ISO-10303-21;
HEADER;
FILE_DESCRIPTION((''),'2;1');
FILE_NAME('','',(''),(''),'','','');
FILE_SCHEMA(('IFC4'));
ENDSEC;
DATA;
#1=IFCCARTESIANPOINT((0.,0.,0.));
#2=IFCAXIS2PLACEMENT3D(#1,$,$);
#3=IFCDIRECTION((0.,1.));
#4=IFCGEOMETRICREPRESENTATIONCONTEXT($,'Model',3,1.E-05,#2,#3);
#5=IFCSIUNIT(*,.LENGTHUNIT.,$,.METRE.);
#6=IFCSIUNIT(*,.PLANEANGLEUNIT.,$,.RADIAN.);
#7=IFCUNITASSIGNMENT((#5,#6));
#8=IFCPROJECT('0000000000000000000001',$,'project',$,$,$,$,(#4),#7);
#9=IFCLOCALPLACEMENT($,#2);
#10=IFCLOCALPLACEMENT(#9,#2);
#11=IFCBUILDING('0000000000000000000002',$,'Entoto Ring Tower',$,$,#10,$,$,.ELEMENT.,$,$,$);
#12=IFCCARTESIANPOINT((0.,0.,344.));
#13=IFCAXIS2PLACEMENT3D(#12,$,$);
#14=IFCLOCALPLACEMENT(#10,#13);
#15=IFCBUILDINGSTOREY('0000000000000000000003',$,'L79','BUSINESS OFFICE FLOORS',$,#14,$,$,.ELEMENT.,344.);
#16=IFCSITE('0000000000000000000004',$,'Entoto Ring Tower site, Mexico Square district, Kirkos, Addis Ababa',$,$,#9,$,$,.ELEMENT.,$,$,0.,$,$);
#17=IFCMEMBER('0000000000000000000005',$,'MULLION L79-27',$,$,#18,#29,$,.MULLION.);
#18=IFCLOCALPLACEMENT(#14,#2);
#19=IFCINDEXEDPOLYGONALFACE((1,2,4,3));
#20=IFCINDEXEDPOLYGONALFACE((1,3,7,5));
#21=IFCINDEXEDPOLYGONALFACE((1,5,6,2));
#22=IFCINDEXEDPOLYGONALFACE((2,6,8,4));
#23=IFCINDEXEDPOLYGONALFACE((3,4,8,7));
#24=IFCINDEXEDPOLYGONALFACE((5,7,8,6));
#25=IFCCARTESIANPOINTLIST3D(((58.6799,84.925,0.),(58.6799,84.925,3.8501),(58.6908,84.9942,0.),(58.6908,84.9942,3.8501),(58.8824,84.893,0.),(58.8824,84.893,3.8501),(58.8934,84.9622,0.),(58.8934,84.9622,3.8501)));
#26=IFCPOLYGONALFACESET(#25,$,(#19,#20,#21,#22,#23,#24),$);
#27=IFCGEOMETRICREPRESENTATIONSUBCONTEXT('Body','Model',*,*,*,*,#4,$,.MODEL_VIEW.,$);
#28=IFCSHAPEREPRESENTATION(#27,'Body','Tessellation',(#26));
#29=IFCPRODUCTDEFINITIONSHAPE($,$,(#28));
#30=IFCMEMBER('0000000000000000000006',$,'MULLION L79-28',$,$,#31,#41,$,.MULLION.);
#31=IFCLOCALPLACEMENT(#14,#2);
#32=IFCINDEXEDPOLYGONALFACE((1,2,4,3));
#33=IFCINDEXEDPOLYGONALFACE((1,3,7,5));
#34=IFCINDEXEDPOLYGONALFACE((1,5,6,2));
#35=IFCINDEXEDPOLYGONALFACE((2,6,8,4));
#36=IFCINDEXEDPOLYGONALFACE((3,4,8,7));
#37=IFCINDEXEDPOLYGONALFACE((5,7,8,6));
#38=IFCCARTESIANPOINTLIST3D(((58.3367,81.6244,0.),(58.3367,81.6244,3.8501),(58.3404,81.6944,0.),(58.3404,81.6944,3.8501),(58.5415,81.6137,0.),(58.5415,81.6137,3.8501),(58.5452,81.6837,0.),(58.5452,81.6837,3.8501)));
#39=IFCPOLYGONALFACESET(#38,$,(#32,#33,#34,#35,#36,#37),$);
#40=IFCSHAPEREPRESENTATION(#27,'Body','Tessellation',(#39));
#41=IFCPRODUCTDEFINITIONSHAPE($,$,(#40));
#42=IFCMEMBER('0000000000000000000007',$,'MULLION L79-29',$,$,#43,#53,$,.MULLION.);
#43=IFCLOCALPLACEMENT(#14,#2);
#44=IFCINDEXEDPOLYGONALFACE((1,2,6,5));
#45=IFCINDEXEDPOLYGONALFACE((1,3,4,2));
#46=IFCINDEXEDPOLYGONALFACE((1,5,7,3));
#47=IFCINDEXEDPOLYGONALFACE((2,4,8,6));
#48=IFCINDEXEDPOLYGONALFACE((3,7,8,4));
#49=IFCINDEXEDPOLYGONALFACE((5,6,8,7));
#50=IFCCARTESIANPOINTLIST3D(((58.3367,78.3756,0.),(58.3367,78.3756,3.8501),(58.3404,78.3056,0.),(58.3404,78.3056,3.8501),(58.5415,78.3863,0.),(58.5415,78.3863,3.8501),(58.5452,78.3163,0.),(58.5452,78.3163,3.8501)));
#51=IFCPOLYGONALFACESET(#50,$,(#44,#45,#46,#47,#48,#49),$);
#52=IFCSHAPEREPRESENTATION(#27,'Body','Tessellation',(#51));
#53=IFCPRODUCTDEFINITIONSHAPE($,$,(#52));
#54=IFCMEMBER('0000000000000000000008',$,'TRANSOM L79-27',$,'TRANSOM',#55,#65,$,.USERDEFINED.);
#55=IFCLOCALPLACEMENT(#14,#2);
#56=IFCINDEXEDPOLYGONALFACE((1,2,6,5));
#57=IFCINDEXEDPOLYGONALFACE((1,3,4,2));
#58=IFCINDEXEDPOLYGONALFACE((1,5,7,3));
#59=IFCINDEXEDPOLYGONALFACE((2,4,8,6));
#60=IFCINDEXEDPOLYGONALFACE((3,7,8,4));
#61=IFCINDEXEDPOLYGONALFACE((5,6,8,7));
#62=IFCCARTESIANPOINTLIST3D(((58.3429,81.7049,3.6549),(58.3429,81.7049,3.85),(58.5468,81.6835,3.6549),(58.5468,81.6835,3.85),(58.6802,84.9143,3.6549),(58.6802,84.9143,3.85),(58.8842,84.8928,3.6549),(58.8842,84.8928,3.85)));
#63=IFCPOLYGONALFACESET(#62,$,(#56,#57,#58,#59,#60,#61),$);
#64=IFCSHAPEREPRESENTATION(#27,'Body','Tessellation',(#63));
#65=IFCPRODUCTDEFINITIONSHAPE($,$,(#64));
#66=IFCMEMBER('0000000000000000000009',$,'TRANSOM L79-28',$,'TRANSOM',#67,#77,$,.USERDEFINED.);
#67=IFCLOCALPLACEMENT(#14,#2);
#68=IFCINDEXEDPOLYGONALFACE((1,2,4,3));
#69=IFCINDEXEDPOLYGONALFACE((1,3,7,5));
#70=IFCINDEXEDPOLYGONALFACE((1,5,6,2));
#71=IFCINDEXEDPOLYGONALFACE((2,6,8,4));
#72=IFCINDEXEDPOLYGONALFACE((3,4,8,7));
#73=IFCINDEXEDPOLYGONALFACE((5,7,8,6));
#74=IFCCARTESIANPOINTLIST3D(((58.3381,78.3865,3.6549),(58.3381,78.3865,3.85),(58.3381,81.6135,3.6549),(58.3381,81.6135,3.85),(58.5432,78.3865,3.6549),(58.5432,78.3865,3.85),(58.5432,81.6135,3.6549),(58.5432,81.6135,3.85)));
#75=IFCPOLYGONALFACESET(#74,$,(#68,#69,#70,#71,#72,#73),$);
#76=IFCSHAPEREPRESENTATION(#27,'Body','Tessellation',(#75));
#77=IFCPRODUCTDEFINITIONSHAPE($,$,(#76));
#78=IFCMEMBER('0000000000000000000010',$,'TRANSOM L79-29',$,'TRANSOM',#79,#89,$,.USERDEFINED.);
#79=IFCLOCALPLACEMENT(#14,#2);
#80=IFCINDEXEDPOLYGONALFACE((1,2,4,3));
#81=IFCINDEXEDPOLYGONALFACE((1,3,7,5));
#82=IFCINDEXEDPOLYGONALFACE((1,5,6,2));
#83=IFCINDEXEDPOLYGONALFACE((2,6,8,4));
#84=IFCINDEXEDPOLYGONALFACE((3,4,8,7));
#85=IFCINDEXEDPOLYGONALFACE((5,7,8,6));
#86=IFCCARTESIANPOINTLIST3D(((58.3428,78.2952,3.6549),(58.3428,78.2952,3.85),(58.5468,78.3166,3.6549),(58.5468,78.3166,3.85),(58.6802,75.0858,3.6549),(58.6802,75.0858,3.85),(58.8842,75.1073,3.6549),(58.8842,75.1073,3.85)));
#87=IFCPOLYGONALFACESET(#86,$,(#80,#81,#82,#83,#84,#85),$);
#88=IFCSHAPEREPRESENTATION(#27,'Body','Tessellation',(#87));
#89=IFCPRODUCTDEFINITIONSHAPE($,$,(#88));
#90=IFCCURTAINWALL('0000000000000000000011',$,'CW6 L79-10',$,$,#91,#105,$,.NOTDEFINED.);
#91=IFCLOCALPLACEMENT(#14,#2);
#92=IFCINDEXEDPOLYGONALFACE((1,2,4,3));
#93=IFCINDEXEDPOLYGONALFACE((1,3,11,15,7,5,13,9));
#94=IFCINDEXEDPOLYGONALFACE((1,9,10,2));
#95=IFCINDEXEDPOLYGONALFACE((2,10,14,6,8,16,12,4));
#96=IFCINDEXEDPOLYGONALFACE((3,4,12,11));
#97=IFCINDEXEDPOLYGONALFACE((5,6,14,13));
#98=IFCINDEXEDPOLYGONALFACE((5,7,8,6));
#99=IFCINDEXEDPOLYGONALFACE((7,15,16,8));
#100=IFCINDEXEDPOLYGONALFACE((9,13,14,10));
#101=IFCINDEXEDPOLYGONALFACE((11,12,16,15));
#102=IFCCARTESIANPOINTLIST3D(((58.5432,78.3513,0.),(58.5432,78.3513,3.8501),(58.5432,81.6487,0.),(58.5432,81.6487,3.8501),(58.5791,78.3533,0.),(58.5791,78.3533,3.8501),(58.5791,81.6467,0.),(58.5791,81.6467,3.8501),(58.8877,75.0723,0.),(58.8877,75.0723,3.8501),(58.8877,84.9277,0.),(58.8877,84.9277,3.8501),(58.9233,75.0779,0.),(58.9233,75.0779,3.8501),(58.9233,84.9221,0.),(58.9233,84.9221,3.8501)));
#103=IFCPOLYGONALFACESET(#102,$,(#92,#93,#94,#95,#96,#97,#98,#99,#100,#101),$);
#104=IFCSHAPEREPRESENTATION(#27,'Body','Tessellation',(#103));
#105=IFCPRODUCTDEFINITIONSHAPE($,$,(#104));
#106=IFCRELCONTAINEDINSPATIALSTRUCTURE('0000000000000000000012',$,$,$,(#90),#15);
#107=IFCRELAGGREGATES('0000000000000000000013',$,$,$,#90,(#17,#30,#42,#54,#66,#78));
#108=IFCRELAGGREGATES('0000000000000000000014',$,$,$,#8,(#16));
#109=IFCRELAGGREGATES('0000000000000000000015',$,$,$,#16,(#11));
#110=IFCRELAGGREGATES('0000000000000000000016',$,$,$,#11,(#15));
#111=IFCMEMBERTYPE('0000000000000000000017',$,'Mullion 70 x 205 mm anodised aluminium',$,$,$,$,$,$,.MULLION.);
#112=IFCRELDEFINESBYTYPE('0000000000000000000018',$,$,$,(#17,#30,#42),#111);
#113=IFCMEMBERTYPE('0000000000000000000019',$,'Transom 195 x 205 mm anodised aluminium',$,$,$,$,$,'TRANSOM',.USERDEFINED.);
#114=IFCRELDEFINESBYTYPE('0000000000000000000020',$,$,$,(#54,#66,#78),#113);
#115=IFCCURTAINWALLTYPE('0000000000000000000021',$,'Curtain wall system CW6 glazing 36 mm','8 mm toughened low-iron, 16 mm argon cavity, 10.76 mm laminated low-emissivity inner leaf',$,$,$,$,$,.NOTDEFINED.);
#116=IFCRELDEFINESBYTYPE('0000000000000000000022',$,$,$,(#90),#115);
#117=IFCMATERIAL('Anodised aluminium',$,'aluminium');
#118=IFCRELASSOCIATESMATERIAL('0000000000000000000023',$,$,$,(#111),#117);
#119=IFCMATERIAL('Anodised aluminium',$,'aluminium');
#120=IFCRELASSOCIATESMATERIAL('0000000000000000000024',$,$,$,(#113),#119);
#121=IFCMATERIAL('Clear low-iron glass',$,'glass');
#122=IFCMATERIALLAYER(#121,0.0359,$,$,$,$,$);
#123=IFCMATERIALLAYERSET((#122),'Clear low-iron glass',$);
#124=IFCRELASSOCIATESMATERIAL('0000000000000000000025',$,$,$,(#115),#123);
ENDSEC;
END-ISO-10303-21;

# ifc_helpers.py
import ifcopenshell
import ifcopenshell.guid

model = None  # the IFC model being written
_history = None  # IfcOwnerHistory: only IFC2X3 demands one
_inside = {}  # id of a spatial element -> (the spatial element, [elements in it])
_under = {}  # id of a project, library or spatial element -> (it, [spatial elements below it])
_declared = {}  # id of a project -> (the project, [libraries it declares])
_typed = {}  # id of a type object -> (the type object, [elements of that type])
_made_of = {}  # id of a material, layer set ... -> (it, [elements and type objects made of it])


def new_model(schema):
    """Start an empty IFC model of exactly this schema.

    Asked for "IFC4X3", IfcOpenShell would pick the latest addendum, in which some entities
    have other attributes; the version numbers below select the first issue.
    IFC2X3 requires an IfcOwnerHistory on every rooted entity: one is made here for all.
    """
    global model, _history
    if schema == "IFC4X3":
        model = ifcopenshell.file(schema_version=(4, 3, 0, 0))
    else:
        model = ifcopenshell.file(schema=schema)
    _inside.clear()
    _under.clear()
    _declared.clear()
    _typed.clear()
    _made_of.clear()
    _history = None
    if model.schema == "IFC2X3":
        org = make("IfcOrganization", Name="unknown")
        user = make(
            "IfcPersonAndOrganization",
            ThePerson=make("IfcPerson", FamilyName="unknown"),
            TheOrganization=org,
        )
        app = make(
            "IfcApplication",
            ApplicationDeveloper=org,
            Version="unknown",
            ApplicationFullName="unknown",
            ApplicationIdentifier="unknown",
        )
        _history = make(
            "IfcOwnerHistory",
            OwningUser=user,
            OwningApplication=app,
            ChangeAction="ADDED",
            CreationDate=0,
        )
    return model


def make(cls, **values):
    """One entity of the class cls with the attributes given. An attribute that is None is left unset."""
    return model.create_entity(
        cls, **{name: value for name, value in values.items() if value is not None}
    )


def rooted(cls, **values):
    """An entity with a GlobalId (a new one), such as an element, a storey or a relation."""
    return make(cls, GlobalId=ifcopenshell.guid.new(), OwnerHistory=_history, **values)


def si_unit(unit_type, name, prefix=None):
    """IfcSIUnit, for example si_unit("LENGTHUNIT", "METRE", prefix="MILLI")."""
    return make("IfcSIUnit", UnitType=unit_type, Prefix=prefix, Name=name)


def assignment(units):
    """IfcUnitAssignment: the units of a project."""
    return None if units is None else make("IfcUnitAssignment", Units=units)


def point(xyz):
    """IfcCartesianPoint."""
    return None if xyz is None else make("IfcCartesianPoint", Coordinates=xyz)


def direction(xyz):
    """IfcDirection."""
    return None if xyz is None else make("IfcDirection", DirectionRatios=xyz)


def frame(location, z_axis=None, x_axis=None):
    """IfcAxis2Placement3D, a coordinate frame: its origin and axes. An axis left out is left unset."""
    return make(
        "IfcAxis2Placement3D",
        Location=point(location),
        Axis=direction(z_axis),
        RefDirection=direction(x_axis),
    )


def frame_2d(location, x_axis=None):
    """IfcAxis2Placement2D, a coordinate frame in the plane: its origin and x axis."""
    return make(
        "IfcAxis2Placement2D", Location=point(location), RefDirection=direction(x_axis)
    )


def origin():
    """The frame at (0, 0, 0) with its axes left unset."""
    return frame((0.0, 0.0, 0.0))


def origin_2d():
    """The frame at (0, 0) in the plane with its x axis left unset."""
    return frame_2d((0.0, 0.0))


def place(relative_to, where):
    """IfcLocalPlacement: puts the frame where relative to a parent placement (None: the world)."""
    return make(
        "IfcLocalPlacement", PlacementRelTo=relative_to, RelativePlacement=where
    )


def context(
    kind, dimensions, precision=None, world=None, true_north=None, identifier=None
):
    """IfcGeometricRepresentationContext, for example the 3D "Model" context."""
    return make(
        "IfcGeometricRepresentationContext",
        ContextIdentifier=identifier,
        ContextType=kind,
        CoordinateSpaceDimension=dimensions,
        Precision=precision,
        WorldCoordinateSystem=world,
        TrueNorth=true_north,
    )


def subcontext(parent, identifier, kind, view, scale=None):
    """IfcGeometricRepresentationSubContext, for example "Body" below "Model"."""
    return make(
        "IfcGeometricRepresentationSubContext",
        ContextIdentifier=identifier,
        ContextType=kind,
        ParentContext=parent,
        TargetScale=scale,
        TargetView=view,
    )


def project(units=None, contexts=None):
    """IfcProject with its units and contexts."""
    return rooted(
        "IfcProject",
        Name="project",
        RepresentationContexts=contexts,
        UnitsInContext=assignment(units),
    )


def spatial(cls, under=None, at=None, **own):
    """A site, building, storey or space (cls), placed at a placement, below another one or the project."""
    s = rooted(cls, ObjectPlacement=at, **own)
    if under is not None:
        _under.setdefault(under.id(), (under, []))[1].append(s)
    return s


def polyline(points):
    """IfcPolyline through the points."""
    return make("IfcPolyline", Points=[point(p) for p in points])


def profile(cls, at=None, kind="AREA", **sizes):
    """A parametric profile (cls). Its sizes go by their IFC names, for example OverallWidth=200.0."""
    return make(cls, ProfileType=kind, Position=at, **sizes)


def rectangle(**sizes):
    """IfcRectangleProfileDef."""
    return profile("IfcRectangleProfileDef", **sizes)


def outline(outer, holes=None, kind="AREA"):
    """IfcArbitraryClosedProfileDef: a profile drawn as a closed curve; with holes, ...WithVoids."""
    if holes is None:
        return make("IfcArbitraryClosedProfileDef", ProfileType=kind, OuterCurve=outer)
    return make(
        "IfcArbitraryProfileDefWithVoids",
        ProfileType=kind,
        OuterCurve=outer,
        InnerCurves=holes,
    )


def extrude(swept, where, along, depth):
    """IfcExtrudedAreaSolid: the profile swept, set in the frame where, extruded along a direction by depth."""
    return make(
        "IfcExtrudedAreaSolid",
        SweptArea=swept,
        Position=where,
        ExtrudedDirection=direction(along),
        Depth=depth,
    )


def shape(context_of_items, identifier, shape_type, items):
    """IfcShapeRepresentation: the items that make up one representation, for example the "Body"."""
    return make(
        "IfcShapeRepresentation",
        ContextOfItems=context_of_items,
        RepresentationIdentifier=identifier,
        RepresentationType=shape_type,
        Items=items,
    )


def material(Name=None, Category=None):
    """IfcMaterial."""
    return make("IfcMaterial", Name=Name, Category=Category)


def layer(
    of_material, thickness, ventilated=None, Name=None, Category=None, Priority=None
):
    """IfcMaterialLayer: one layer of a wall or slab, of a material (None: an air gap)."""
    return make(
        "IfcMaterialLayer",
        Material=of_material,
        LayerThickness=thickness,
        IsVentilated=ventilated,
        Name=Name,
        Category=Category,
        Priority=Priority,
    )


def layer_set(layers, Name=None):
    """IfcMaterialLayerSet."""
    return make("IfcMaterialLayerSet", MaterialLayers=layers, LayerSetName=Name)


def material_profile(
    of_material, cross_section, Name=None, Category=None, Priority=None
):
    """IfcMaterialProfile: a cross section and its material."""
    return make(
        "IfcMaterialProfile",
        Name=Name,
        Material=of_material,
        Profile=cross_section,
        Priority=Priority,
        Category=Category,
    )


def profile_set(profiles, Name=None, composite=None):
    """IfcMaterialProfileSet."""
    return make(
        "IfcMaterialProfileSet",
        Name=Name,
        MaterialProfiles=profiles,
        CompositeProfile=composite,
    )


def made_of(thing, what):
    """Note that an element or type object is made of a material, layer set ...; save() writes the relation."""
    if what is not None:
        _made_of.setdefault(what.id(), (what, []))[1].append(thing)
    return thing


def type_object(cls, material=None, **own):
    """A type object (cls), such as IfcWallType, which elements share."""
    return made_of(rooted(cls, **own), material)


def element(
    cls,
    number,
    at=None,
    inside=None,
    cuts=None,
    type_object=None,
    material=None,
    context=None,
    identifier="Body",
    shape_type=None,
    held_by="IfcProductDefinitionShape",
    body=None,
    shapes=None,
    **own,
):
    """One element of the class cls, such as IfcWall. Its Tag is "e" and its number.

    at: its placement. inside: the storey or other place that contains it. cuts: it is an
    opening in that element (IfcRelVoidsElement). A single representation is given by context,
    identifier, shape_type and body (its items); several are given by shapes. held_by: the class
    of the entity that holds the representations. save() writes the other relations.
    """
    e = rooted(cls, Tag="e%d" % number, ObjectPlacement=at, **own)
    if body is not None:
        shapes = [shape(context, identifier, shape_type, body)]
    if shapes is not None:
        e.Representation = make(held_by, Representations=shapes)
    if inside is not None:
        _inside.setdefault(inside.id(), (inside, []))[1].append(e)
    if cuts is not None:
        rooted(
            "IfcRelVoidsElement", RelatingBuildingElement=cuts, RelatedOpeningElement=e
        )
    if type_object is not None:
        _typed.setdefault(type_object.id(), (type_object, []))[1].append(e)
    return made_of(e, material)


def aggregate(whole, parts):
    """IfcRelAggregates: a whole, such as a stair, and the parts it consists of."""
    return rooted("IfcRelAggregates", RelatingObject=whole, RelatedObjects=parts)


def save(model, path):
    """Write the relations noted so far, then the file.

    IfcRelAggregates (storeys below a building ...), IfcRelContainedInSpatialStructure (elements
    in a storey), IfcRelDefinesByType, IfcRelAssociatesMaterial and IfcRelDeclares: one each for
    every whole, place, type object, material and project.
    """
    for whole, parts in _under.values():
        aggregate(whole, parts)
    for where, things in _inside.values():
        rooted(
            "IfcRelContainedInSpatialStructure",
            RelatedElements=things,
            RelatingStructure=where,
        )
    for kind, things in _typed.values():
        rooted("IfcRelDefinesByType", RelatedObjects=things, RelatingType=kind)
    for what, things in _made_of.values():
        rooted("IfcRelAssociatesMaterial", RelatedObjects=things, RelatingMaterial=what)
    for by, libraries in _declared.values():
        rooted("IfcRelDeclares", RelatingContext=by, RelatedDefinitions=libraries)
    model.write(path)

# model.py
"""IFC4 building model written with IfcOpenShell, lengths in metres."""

from ifc_helpers import new_model, si_unit, direction, frame, origin, origin_2d, place, context, subcontext, project, spatial, polyline, rectangle, outline, extrude, material, layer, layer_set, material_profile, profile_set, type_object, element, aggregate, save


model = new_model("IFC4")

# Units and contexts
model_context = context("Model", 3, precision=1e-05, world=origin(), true_north=direction((0.0, 1.0)))
body_context = subcontext(model_context, "Body", "Model", "MODEL_VIEW")
ifc_project = project(units=[si_unit("LENGTHUNIT", "METRE"), si_unit("PLANEANGLEUNIT", "RADIAN")], contexts=[model_context])

# Members
ifc_material_1 = material(Name="Anodised aluminium", Category="aluminium")
ifc_material_profile_1 = material_profile(ifc_material_1, rectangle(XDim=0.0701, YDim=0.2051, at=origin_2d()), Name="Mullion 70 x 205 mm anodised aluminium")
ifc_profile_set_1 = profile_set([ifc_material_profile_1], Name="Anodised aluminium")
member_type_1 = type_object("IfcMemberType", Name="Mullion 70 x 205 mm anodised aluminium", PredefinedType="MULLION", material=ifc_profile_set_1)
site_placement = place(None, origin())
building_placement = place(site_placement, origin())
storey_placement = place(building_placement, frame((0.0, 0.0, 344.0)))
member_1_placement = place(storey_placement, frame((58.7866, 84.9436, 0.0), z_axis=(0.0, 0.0, 1.0), x_axis=(-0.156434, -0.987688, 0.0)))
member_1 = element("IfcMember", 1, at=member_1_placement, type_object=member_type_1, Name="MULLION L79-27", PredefinedType="MULLION", context=body_context, shape_type="SweptSolid", body=[
    extrude(rectangle(XDim=0.0701, YDim=0.2051, at=origin_2d()), origin(), (0.0, 0.0, 1.0), 3.8501),
])
member_2_placement = place(storey_placement, frame((58.4409, 81.6541, 0.0), z_axis=(0.0, 0.0, 1.0), x_axis=(-0.052336, -0.99863, 0.0)))
member_2 = element("IfcMember", 2, at=member_2_placement, type_object=member_type_1, Name="MULLION L79-28", PredefinedType="MULLION", context=body_context, shape_type="SweptSolid", body=[
    extrude(rectangle(XDim=0.0701, YDim=0.2051, at=origin_2d()), origin(), (0.0, 0.0, 1.0), 3.8501),
])
member_3_placement = place(storey_placement, frame((58.4409, 78.3459, 0.0), z_axis=(0.0, 0.0, 1.0), x_axis=(0.052336, -0.99863, 0.0)))
member_3 = element("IfcMember", 3, at=member_3_placement, type_object=member_type_1, Name="MULLION L79-29", PredefinedType="MULLION", context=body_context, shape_type="SweptSolid", body=[
    extrude(rectangle(XDim=0.0701, YDim=0.2051, at=origin_2d()), origin(), (0.0, 0.0, 1.0), 3.8501),
])
ifc_material_2 = material(Name="Anodised aluminium", Category="aluminium")
ifc_material_profile_2 = material_profile(ifc_material_2, rectangle(XDim=0.2051, YDim=0.1951, at=origin_2d()), Name="Transom 195 x 205 mm anodised aluminium")
ifc_profile_set_2 = profile_set([ifc_material_profile_2], Name="Anodised aluminium")
member_type_2 = type_object("IfcMemberType", Name="Transom 195 x 205 mm anodised aluminium", ElementType="TRANSOM", PredefinedType="USERDEFINED", material=ifc_profile_set_2)
member_4_placement = place(storey_placement, frame((58.7822, 84.9036, 3.7524), z_axis=(-0.104551, -0.99452, 0.0), x_axis=(0.99452, -0.104551, 0.0)))
member_4 = element("IfcMember", 4, at=member_4_placement, type_object=member_type_2, Name="TRANSOM L79-27", ObjectType="TRANSOM", PredefinedType="USERDEFINED", context=body_context, shape_type="SweptSolid", body=[
    extrude(rectangle(XDim=0.2051, YDim=0.1951, at=origin_2d()), origin(), (0.0, 0.0, 1.0), 3.2271),
])
member_5_placement = place(storey_placement, frame((58.4407, 81.6135, 3.7524), z_axis=(0.0, -1.0, 0.0), x_axis=(1.0, 0.0, 0.0)))
member_5 = element("IfcMember", 5, at=member_5_placement, type_object=member_type_2, Name="TRANSOM L79-28", ObjectType="TRANSOM", PredefinedType="USERDEFINED", context=body_context, shape_type="SweptSolid", body=[
    extrude(rectangle(XDim=0.2051, YDim=0.1951, at=origin_2d()), origin(), (0.0, 0.0, 1.0), 3.2271),
])
member_6_placement = place(storey_placement, frame((58.4448, 78.3059, 3.7524), z_axis=(0.104551, -0.99452, 0.0), x_axis=(0.99452, 0.104551, 0.0)))
member_6 = element("IfcMember", 6, at=member_6_placement, type_object=member_type_2, Name="TRANSOM L79-29", ObjectType="TRANSOM", PredefinedType="USERDEFINED", context=body_context, shape_type="SweptSolid", body=[
    extrude(rectangle(XDim=0.2051, YDim=0.1951, at=origin_2d()), origin(), (0.0, 0.0, 1.0), 3.2271),
])

# Site, building, storey
site = spatial("IfcSite", under=ifc_project, at=site_placement, Name="Entoto Ring Tower site, Mexico Square district, Kirkos, Addis Ababa", CompositionType="ELEMENT", RefElevation=0.0)
building = spatial("IfcBuilding", under=site, at=building_placement, Name="Entoto Ring Tower", CompositionType="ELEMENT")
storey = spatial("IfcBuildingStorey", under=building, at=storey_placement, Name="L79", Description="BUSINESS OFFICE FLOORS", CompositionType="ELEMENT", Elevation=344.0)

# Curtain wall
ifc_material_3 = material(Name="Clear low-iron glass", Category="glass")
ifc_layer = layer(ifc_material_3, 0.0359)
ifc_layer_set = layer_set([ifc_layer], Name="Clear low-iron glass")
curtain_wall_type = type_object("IfcCurtainWallType", Name="Curtain wall system CW6 glazing 36 mm", Description="8 mm toughened low-iron, 16 mm argon cavity, 10.76 mm laminated low-emissivity inner leaf", PredefinedType="NOTDEFINED", material=ifc_layer_set)
curtain_wall_1_placement = place(storey_placement, origin())
curtain_wall_1 = element("IfcCurtainWall", 7, at=curtain_wall_1_placement, inside=storey, type_object=curtain_wall_type, Name="CW6 L79-10", PredefinedType="NOTDEFINED", context=body_context, shape_type="SweptSolid", body=[
    extrude(outline(polyline([(58.8877, 84.9277), (58.5432, 81.6487), (58.5432, 78.3513), (58.8877, 75.0723), (58.9233, 75.0779), (58.5791, 78.3533), (58.5791, 81.6467), (58.9233, 84.9221), (58.8877, 84.9277)])), origin(), (0.0, 0.0, 1.0), 3.8501),
])
aggregate(curtain_wall_1, [member_1, member_2, member_3, member_4, member_5, member_6])

save(model, "model.ifc")
